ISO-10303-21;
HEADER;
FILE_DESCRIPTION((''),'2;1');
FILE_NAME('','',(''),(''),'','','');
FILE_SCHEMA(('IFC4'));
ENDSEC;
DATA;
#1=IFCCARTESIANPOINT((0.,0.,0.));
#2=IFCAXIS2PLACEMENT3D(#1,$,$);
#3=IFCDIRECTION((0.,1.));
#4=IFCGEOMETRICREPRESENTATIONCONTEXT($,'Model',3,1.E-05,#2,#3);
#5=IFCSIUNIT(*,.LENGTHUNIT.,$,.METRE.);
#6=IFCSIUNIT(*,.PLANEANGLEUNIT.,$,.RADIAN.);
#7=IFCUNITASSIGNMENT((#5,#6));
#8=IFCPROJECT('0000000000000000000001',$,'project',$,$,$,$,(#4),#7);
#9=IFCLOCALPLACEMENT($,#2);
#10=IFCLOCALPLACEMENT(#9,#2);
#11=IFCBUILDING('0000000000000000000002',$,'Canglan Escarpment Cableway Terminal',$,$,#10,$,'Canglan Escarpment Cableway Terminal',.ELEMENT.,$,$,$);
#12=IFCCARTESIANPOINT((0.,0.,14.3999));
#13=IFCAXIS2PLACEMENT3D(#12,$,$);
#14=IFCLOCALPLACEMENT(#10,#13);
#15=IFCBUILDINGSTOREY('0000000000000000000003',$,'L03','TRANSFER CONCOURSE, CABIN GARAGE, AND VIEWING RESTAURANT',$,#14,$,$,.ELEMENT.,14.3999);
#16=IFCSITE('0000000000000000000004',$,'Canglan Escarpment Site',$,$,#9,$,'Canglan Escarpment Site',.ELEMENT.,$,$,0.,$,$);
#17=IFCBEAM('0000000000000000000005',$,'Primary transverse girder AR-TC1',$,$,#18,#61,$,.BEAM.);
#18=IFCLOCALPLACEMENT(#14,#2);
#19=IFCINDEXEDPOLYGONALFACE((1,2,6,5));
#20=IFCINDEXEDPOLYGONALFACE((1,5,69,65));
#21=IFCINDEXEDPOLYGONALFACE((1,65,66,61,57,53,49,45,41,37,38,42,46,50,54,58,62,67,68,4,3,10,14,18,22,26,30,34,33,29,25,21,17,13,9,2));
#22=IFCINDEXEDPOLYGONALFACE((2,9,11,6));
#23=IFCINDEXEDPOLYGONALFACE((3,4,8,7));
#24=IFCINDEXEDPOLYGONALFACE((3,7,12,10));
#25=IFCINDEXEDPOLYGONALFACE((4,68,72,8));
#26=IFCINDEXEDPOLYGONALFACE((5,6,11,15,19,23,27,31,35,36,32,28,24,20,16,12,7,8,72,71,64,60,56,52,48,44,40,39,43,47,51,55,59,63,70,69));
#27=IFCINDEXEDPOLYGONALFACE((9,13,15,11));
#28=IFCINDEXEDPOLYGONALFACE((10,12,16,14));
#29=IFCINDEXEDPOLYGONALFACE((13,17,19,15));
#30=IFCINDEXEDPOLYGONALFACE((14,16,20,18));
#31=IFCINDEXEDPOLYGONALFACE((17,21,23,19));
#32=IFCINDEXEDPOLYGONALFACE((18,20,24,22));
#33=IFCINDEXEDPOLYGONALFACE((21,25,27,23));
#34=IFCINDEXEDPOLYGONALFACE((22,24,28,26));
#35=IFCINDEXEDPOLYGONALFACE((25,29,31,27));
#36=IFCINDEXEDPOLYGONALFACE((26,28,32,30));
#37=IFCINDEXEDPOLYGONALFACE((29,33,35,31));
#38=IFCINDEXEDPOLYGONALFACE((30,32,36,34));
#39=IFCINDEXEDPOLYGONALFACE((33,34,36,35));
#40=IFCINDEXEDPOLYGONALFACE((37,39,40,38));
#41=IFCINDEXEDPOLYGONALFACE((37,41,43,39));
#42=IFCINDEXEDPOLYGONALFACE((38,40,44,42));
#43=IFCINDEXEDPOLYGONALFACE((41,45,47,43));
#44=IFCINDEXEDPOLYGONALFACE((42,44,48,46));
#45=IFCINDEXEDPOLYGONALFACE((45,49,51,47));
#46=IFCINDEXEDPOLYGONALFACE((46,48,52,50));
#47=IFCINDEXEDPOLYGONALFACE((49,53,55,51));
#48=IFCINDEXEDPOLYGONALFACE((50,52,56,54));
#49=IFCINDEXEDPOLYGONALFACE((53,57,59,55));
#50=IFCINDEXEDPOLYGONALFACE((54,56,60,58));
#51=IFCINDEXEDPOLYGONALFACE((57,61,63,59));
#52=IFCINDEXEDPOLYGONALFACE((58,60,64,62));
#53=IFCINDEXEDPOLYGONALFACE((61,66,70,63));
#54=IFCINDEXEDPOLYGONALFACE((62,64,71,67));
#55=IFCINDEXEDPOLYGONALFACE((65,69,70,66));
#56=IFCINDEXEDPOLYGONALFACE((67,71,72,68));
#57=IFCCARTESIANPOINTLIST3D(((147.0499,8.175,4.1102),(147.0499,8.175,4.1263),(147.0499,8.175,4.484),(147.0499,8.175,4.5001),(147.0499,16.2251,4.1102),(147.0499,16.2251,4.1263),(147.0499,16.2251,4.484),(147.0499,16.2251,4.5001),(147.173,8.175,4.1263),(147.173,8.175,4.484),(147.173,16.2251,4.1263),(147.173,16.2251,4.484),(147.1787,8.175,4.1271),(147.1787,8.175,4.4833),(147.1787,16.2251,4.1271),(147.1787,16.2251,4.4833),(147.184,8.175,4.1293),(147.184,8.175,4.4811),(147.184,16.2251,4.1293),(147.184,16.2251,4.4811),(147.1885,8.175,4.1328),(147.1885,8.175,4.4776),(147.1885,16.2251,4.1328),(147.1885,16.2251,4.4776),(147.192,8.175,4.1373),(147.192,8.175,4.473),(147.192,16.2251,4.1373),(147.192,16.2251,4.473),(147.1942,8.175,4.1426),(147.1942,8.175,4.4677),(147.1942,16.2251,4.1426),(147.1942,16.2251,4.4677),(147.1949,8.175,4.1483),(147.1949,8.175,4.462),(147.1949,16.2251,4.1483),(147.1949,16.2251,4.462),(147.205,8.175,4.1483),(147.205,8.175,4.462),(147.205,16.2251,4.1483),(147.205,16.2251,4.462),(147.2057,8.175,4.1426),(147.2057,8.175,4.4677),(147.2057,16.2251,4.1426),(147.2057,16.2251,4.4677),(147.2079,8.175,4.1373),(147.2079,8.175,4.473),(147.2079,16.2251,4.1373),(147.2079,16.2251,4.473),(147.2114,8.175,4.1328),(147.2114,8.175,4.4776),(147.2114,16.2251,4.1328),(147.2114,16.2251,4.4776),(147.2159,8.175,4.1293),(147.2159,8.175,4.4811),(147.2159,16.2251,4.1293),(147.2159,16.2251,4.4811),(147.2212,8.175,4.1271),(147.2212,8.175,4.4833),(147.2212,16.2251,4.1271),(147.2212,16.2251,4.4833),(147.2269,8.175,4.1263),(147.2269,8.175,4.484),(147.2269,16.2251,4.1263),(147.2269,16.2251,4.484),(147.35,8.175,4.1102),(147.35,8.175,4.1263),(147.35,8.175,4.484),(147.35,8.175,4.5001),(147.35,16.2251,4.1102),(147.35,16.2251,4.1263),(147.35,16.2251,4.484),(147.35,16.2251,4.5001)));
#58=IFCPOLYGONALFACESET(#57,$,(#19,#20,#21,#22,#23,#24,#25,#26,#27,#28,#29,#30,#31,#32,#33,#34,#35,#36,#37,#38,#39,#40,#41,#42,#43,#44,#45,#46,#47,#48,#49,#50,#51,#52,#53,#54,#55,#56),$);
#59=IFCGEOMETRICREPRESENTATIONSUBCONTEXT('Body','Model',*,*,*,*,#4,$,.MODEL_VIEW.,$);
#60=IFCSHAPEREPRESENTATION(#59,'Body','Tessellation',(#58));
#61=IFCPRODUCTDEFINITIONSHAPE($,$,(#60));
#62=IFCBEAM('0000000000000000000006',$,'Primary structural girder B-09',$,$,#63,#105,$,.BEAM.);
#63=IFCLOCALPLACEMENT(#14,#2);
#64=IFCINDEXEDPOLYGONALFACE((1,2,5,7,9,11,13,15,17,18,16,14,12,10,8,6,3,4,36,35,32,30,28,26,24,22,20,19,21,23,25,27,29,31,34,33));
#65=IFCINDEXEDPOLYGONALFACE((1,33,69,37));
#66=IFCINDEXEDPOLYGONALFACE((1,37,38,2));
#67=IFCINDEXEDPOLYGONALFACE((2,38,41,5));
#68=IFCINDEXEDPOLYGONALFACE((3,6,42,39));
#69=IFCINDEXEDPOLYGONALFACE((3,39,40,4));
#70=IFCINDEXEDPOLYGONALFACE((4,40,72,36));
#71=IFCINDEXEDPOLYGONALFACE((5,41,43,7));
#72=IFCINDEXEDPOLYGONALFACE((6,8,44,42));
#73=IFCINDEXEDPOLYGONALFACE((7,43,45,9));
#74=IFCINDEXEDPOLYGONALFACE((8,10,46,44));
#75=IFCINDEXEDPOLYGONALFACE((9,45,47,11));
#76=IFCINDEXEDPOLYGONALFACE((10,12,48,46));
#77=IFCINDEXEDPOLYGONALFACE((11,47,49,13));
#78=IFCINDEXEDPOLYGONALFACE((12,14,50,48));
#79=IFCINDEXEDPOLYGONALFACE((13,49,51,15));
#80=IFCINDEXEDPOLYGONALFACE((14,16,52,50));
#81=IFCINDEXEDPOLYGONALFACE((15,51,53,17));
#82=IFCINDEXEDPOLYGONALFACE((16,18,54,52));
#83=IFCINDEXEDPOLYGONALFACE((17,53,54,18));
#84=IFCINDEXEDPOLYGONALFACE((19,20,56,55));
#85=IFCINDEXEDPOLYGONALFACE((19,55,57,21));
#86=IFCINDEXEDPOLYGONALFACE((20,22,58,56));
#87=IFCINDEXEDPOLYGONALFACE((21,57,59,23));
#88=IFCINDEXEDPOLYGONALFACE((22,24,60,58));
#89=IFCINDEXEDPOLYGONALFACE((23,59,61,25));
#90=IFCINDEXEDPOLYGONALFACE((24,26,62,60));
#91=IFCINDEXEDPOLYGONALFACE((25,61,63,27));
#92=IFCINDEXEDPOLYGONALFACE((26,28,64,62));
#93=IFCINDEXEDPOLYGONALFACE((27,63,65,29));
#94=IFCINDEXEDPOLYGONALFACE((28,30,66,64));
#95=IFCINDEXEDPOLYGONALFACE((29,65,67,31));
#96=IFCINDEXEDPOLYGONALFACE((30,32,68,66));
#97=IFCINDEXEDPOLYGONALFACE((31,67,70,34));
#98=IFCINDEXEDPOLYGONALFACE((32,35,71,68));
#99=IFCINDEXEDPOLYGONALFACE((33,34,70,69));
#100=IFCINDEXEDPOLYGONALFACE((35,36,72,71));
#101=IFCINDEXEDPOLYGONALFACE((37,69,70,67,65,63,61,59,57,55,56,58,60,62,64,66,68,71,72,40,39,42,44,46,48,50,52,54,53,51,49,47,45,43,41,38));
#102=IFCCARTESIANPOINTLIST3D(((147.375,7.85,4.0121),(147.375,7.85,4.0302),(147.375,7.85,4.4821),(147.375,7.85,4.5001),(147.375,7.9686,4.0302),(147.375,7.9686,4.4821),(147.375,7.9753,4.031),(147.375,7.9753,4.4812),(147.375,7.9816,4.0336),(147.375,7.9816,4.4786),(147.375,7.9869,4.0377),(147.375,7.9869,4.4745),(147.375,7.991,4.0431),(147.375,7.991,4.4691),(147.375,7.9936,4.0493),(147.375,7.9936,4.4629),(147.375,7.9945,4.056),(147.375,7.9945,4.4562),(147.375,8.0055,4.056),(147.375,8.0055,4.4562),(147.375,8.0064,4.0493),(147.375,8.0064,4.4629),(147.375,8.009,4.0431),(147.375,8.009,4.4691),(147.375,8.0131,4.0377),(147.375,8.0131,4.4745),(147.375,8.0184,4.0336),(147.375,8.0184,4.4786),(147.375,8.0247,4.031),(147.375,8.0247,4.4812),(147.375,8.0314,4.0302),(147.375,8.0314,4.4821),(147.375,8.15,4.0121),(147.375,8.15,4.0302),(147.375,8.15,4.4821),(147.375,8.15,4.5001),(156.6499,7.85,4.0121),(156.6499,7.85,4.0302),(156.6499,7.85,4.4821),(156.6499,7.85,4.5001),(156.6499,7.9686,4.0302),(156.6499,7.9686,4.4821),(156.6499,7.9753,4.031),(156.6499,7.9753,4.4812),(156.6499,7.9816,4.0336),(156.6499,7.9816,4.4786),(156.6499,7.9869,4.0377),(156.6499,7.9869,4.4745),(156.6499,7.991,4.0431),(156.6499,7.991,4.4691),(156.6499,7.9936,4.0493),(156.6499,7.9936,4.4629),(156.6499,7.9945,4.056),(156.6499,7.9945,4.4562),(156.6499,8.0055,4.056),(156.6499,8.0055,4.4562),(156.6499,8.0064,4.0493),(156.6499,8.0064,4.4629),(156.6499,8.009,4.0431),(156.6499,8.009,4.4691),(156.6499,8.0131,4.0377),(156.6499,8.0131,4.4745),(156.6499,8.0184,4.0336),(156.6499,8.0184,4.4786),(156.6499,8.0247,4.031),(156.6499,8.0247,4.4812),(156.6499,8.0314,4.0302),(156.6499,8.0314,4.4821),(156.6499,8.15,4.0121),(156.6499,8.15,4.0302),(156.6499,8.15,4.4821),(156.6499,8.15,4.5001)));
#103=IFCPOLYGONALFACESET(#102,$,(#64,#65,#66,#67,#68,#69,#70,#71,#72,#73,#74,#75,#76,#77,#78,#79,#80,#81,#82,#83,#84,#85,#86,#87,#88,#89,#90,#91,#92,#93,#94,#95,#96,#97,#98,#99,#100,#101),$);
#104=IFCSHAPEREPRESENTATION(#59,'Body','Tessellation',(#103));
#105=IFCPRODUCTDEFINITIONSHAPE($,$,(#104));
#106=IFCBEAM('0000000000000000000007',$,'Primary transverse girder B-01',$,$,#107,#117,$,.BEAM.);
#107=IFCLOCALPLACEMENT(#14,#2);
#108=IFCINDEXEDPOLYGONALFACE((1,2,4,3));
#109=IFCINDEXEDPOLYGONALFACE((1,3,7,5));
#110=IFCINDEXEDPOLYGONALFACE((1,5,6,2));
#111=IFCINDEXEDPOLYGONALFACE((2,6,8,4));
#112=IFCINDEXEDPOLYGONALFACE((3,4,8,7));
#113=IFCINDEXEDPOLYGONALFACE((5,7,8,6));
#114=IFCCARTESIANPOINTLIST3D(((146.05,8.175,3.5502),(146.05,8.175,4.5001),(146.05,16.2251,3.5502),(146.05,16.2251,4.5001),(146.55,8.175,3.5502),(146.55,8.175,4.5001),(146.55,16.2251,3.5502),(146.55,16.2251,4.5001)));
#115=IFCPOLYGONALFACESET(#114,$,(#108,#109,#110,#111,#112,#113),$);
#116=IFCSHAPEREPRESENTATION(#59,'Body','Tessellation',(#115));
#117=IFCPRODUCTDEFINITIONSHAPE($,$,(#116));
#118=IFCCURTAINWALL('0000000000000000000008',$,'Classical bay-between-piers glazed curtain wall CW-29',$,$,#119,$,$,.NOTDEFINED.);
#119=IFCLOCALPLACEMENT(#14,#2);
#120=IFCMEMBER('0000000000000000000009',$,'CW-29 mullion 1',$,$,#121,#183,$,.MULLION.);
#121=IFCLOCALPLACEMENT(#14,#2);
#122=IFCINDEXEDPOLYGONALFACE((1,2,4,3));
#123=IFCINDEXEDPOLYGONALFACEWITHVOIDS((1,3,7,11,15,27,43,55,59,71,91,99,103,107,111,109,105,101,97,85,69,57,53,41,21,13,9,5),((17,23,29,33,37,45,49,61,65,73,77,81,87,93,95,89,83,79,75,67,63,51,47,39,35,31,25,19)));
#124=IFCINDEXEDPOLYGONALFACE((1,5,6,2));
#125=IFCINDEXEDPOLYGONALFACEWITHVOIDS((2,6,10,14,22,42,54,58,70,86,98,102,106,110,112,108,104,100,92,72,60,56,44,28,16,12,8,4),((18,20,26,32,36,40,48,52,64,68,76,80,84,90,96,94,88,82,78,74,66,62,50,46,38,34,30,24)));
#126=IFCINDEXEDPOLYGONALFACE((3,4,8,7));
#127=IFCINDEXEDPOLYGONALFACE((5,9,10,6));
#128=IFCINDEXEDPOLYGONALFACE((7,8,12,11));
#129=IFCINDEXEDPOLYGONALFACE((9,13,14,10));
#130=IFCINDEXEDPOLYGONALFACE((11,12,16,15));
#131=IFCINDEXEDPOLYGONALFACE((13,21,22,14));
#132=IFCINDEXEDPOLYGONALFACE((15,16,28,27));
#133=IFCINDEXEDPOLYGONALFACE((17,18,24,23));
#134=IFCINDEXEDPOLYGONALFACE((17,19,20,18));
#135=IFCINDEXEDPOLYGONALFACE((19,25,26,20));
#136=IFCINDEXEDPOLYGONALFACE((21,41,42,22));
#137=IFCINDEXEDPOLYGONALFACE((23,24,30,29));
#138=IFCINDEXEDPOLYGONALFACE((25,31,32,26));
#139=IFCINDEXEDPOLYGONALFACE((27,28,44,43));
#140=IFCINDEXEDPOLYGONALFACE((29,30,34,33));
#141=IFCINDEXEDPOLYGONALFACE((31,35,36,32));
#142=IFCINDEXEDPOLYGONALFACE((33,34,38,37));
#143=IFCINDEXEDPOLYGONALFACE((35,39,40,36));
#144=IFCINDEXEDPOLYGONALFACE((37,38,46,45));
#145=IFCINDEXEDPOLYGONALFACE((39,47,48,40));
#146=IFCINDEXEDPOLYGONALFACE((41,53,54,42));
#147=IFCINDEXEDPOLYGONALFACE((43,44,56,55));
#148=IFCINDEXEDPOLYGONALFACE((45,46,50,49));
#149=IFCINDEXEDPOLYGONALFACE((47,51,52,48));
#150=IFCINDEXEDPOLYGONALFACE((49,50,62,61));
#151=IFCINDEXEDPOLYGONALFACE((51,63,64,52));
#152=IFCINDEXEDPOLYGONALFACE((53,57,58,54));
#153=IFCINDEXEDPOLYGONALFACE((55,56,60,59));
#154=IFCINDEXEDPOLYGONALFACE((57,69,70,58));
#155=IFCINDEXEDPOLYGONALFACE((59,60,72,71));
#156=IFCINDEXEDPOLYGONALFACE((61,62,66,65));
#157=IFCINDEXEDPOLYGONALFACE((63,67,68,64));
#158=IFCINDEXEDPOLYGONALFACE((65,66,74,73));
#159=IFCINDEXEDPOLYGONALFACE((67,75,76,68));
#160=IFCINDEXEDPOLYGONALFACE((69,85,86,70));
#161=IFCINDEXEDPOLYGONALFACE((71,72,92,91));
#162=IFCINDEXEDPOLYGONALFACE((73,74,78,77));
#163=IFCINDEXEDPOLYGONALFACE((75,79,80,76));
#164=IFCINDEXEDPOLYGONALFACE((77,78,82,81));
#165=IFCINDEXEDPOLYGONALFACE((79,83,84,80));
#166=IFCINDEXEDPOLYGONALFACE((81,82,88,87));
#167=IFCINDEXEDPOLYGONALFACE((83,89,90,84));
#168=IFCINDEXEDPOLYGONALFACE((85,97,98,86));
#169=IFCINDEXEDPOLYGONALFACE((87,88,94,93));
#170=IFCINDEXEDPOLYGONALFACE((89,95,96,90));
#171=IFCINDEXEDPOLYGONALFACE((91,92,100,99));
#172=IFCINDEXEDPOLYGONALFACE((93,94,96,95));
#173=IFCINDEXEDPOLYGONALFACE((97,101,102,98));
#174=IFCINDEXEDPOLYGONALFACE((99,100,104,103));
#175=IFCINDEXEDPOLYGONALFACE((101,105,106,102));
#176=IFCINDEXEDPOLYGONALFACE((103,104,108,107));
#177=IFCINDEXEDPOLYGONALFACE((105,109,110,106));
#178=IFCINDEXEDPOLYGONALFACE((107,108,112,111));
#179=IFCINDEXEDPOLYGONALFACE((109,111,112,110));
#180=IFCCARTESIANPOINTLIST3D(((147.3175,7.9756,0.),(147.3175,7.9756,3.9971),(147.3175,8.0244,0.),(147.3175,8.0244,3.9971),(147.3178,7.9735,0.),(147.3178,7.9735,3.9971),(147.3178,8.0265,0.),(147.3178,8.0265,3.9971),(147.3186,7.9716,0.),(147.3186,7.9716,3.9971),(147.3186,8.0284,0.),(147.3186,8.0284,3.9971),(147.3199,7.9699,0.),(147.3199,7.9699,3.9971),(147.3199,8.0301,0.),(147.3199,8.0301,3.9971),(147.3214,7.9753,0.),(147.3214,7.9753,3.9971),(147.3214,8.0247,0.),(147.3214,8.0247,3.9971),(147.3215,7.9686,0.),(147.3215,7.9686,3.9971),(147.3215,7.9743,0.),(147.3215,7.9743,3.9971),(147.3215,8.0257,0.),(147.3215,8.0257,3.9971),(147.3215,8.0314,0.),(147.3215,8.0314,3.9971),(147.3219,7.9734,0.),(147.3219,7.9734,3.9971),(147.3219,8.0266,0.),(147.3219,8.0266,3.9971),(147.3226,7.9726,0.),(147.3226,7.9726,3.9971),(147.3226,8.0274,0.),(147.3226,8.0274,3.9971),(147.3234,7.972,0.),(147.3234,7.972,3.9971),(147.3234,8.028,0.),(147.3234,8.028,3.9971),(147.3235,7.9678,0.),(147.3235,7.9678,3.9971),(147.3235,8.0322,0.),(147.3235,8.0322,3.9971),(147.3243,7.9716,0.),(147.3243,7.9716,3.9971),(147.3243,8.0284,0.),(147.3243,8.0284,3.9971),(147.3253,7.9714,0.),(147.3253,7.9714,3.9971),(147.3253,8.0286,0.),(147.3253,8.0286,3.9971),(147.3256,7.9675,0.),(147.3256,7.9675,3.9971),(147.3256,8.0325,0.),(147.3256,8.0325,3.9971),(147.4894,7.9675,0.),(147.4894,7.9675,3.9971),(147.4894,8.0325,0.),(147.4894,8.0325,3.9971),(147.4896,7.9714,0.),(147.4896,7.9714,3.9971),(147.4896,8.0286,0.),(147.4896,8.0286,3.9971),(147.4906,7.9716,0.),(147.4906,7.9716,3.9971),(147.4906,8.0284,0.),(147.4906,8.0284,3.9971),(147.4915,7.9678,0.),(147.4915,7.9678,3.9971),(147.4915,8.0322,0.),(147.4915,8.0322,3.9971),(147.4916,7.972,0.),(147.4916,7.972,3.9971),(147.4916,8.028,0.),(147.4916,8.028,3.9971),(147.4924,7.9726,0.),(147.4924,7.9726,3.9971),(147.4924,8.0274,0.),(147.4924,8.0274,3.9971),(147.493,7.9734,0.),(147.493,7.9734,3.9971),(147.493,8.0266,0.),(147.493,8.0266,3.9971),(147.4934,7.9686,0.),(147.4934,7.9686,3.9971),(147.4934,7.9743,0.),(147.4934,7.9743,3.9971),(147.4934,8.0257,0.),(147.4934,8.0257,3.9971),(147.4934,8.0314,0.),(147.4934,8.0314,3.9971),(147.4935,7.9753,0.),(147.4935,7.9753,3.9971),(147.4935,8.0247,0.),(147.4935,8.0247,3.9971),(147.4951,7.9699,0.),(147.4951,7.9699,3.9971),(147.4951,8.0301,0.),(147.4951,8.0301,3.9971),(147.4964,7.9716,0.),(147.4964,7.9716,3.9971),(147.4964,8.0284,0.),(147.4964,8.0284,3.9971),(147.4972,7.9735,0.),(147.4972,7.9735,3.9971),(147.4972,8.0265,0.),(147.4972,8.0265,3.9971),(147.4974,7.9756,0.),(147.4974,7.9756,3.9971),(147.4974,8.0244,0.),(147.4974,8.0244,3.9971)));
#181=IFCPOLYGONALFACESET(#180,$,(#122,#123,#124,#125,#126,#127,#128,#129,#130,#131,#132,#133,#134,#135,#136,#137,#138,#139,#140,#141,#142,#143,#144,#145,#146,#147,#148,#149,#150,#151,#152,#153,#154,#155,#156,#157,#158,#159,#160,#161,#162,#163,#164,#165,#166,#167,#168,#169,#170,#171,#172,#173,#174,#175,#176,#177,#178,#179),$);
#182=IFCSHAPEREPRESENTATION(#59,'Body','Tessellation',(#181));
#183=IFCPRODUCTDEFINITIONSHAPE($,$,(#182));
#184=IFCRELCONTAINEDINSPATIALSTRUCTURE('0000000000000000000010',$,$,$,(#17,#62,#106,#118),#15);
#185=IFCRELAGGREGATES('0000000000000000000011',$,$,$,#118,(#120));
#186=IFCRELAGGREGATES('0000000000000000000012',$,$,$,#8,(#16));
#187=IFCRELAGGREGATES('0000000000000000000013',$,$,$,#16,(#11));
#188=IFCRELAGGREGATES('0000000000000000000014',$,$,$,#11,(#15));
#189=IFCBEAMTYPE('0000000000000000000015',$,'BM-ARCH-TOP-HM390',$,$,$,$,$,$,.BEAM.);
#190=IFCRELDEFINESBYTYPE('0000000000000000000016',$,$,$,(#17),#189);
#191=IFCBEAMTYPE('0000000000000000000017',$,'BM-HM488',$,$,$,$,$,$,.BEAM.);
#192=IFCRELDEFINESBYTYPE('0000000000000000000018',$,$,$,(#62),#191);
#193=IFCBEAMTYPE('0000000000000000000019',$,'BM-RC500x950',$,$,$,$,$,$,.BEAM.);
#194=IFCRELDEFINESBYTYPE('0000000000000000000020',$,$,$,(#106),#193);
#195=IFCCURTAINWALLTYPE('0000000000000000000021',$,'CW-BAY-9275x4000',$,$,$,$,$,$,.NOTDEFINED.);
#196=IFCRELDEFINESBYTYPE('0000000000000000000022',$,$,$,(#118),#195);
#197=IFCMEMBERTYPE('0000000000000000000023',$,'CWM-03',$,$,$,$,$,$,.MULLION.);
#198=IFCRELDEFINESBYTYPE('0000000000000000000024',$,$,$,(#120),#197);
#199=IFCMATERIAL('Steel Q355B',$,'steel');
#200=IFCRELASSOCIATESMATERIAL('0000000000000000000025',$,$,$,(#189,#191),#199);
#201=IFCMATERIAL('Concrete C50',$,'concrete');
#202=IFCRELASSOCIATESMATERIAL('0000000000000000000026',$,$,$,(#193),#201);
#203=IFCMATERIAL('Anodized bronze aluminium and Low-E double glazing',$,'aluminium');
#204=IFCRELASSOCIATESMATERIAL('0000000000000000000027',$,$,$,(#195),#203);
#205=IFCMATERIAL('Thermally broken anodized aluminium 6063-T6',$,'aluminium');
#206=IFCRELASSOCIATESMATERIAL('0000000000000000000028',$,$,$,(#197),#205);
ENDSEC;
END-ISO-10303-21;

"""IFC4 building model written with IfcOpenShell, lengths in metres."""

from ifc_helpers import new_model, si_unit, direction, frame, origin, origin_2d, place, context, subcontext, project, spatial, rectangle, hollow_rectangle, i_section, extrude, material, material_profile, profile_set, type_object, element, aggregate, save


model = new_model("IFC4")

# Units and contexts
model_context = context("Model", 3, precision=1e-05, world=origin(), true_north=direction((0.0, 1.0)))
body_context = subcontext(model_context, "Body", "Model", "MODEL_VIEW")
ifc_project = project(units=[si_unit("LENGTHUNIT", "METRE"), si_unit("PLANEANGLEUNIT", "RADIAN")], contexts=[model_context])

# Site, building, storey
site_placement = place(None, origin())
site = spatial("IfcSite", under=ifc_project, at=site_placement, Name="Canglan Escarpment Site", LongName="Canglan Escarpment Site", CompositionType="ELEMENT", RefElevation=0.0)
building_placement = place(site_placement, origin())
building = spatial("IfcBuilding", under=site, at=building_placement, Name="Canglan Escarpment Cableway Terminal", LongName="Canglan Escarpment Cableway Terminal", CompositionType="ELEMENT")
storey_placement = place(building_placement, frame((0.0, 0.0, 14.3999)))
storey = spatial("IfcBuildingStorey", under=building, at=storey_placement, Name="L03", Description="TRANSFER CONCOURSE, CABIN GARAGE, AND VIEWING RESTAURANT", CompositionType="ELEMENT", Elevation=14.3999)

# Beams
ifc_material_1 = material(Name="Steel Q355B", Category="steel")
ifc_material_profile_1 = material_profile(ifc_material_1, i_section(OverallWidth=0.3, OverallDepth=0.3899, WebThickness=0.01, FlangeThickness=0.0161, FilletRadius=0.022, at=origin_2d()), Name="HM 390x300x10x16")
ifc_profile_set_1 = profile_set([ifc_material_profile_1], Name="Steel Q355B")
beam_type_1 = type_object("IfcBeamType", Name="BM-ARCH-TOP-HM390", PredefinedType="BEAM", material=ifc_profile_set_1)
beam_1_placement = place(storey_placement, frame((147.2, 8.175, 4.3052), z_axis=(0.0, 1.0, 0.0), x_axis=(-1.0, 0.0, 0.0)))
element("IfcBeam", 1, at=beam_1_placement, inside=storey, type_object=beam_type_1, Name="Primary transverse girder AR-TC1", PredefinedType="BEAM", context=body_context, shape_type="SweptSolid", body=[
    extrude(i_section(OverallWidth=0.3, OverallDepth=0.3899, WebThickness=0.01, FlangeThickness=0.0161, FilletRadius=0.022, at=origin_2d()), origin(), (0.0, 0.0, 1.0), 8.05),
])
ifc_material_profile_2 = material_profile(ifc_material_1, i_section(OverallWidth=0.3, OverallDepth=0.488, WebThickness=0.011, FlangeThickness=0.0181, FilletRadius=0.0259, at=origin_2d()), Name="HM 488x300x11x18")
ifc_profile_set_2 = profile_set([ifc_material_profile_2], Name="Steel Q355B")
beam_type_2 = type_object("IfcBeamType", Name="BM-HM488", PredefinedType="BEAM", material=ifc_profile_set_2)
beam_2_placement = place(storey_placement, frame((147.375, 8.0, 4.2561), z_axis=(1.0, 0.0, 0.0), x_axis=(0.0, 1.0, 0.0)))
element("IfcBeam", 2, at=beam_2_placement, inside=storey, type_object=beam_type_2, Name="Primary structural girder B-09", PredefinedType="BEAM", context=body_context, shape_type="SweptSolid", body=[
    extrude(i_section(OverallWidth=0.3, OverallDepth=0.488, WebThickness=0.011, FlangeThickness=0.0181, FilletRadius=0.0259, at=origin_2d()), origin(), (0.0, 0.0, 1.0), 9.2749),
])
ifc_material_2 = material(Name="Concrete C50", Category="concrete")
ifc_material_profile_3 = material_profile(ifc_material_2, rectangle(XDim=0.5, YDim=0.95, at=origin_2d()), Name="RC 500x950")
ifc_profile_set_3 = profile_set([ifc_material_profile_3], Name="Concrete C50")
beam_type_3 = type_object("IfcBeamType", Name="BM-RC500x950", PredefinedType="BEAM", material=ifc_profile_set_3)
beam_3_placement = place(storey_placement, frame((146.3, 8.175, 4.0251), z_axis=(0.0, 1.0, 0.0), x_axis=(-1.0, 0.0, 0.0)))
element("IfcBeam", 3, at=beam_3_placement, inside=storey, type_object=beam_type_3, Name="Primary transverse girder B-01", PredefinedType="BEAM", context=body_context, shape_type="SweptSolid", body=[
    extrude(rectangle(XDim=0.5, YDim=0.95, at=origin_2d()), origin(), (0.0, 0.0, 1.0), 8.05),
])

# Curtain wall, member
ifc_material_3 = material(Name="Anodized bronze aluminium and Low-E double glazing", Category="aluminium")
curtain_wall_type = type_object("IfcCurtainWallType", Name="CW-BAY-9275x4000", PredefinedType="NOTDEFINED", material=ifc_material_3)
curtain_wall_placement = place(storey_placement, origin())
curtain_wall = element("IfcCurtainWall", 4, at=curtain_wall_placement, inside=storey, type_object=curtain_wall_type, Name="Classical bay-between-piers glazed curtain wall CW-29", PredefinedType="NOTDEFINED")
ifc_material_4 = material(Name="Thermally broken anodized aluminium 6063-T6", Category="aluminium")
ifc_material_profile_4 = material_profile(ifc_material_4, hollow_rectangle(XDim=0.0649, YDim=0.1799, WallThickness=0.0039, InnerFilletRadius=0.0039, OuterFilletRadius=0.0081, at=origin_2d()), Name="ALU-MULL 65x180x4")
ifc_profile_set_4 = profile_set([ifc_material_profile_4], Name="Thermally broken anodized aluminium 6063-T6")
member_type_1 = type_object("IfcMemberType", Name="CWM-03", PredefinedType="MULLION", material=ifc_profile_set_4)
member_1_placement = place(storey_placement, frame((147.4075, 8.0, 0.0), z_axis=(0.0, 0.0, 1.0), x_axis=(0.0, 1.0, 0.0)))
member_1 = element("IfcMember", 5, at=member_1_placement, type_object=member_type_1, Name="CW-29 mullion 1", PredefinedType="MULLION", context=body_context, shape_type="SweptSolid", body=[
    extrude(hollow_rectangle(XDim=0.0649, YDim=0.1799, WallThickness=0.0039, InnerFilletRadius=0.0039, OuterFilletRadius=0.0081, at=origin_2d()), origin(), (0.0, 0.0, 1.0), 3.9971),
])
aggregate(curtain_wall, [member_1])

save(model, "model.ifc")
